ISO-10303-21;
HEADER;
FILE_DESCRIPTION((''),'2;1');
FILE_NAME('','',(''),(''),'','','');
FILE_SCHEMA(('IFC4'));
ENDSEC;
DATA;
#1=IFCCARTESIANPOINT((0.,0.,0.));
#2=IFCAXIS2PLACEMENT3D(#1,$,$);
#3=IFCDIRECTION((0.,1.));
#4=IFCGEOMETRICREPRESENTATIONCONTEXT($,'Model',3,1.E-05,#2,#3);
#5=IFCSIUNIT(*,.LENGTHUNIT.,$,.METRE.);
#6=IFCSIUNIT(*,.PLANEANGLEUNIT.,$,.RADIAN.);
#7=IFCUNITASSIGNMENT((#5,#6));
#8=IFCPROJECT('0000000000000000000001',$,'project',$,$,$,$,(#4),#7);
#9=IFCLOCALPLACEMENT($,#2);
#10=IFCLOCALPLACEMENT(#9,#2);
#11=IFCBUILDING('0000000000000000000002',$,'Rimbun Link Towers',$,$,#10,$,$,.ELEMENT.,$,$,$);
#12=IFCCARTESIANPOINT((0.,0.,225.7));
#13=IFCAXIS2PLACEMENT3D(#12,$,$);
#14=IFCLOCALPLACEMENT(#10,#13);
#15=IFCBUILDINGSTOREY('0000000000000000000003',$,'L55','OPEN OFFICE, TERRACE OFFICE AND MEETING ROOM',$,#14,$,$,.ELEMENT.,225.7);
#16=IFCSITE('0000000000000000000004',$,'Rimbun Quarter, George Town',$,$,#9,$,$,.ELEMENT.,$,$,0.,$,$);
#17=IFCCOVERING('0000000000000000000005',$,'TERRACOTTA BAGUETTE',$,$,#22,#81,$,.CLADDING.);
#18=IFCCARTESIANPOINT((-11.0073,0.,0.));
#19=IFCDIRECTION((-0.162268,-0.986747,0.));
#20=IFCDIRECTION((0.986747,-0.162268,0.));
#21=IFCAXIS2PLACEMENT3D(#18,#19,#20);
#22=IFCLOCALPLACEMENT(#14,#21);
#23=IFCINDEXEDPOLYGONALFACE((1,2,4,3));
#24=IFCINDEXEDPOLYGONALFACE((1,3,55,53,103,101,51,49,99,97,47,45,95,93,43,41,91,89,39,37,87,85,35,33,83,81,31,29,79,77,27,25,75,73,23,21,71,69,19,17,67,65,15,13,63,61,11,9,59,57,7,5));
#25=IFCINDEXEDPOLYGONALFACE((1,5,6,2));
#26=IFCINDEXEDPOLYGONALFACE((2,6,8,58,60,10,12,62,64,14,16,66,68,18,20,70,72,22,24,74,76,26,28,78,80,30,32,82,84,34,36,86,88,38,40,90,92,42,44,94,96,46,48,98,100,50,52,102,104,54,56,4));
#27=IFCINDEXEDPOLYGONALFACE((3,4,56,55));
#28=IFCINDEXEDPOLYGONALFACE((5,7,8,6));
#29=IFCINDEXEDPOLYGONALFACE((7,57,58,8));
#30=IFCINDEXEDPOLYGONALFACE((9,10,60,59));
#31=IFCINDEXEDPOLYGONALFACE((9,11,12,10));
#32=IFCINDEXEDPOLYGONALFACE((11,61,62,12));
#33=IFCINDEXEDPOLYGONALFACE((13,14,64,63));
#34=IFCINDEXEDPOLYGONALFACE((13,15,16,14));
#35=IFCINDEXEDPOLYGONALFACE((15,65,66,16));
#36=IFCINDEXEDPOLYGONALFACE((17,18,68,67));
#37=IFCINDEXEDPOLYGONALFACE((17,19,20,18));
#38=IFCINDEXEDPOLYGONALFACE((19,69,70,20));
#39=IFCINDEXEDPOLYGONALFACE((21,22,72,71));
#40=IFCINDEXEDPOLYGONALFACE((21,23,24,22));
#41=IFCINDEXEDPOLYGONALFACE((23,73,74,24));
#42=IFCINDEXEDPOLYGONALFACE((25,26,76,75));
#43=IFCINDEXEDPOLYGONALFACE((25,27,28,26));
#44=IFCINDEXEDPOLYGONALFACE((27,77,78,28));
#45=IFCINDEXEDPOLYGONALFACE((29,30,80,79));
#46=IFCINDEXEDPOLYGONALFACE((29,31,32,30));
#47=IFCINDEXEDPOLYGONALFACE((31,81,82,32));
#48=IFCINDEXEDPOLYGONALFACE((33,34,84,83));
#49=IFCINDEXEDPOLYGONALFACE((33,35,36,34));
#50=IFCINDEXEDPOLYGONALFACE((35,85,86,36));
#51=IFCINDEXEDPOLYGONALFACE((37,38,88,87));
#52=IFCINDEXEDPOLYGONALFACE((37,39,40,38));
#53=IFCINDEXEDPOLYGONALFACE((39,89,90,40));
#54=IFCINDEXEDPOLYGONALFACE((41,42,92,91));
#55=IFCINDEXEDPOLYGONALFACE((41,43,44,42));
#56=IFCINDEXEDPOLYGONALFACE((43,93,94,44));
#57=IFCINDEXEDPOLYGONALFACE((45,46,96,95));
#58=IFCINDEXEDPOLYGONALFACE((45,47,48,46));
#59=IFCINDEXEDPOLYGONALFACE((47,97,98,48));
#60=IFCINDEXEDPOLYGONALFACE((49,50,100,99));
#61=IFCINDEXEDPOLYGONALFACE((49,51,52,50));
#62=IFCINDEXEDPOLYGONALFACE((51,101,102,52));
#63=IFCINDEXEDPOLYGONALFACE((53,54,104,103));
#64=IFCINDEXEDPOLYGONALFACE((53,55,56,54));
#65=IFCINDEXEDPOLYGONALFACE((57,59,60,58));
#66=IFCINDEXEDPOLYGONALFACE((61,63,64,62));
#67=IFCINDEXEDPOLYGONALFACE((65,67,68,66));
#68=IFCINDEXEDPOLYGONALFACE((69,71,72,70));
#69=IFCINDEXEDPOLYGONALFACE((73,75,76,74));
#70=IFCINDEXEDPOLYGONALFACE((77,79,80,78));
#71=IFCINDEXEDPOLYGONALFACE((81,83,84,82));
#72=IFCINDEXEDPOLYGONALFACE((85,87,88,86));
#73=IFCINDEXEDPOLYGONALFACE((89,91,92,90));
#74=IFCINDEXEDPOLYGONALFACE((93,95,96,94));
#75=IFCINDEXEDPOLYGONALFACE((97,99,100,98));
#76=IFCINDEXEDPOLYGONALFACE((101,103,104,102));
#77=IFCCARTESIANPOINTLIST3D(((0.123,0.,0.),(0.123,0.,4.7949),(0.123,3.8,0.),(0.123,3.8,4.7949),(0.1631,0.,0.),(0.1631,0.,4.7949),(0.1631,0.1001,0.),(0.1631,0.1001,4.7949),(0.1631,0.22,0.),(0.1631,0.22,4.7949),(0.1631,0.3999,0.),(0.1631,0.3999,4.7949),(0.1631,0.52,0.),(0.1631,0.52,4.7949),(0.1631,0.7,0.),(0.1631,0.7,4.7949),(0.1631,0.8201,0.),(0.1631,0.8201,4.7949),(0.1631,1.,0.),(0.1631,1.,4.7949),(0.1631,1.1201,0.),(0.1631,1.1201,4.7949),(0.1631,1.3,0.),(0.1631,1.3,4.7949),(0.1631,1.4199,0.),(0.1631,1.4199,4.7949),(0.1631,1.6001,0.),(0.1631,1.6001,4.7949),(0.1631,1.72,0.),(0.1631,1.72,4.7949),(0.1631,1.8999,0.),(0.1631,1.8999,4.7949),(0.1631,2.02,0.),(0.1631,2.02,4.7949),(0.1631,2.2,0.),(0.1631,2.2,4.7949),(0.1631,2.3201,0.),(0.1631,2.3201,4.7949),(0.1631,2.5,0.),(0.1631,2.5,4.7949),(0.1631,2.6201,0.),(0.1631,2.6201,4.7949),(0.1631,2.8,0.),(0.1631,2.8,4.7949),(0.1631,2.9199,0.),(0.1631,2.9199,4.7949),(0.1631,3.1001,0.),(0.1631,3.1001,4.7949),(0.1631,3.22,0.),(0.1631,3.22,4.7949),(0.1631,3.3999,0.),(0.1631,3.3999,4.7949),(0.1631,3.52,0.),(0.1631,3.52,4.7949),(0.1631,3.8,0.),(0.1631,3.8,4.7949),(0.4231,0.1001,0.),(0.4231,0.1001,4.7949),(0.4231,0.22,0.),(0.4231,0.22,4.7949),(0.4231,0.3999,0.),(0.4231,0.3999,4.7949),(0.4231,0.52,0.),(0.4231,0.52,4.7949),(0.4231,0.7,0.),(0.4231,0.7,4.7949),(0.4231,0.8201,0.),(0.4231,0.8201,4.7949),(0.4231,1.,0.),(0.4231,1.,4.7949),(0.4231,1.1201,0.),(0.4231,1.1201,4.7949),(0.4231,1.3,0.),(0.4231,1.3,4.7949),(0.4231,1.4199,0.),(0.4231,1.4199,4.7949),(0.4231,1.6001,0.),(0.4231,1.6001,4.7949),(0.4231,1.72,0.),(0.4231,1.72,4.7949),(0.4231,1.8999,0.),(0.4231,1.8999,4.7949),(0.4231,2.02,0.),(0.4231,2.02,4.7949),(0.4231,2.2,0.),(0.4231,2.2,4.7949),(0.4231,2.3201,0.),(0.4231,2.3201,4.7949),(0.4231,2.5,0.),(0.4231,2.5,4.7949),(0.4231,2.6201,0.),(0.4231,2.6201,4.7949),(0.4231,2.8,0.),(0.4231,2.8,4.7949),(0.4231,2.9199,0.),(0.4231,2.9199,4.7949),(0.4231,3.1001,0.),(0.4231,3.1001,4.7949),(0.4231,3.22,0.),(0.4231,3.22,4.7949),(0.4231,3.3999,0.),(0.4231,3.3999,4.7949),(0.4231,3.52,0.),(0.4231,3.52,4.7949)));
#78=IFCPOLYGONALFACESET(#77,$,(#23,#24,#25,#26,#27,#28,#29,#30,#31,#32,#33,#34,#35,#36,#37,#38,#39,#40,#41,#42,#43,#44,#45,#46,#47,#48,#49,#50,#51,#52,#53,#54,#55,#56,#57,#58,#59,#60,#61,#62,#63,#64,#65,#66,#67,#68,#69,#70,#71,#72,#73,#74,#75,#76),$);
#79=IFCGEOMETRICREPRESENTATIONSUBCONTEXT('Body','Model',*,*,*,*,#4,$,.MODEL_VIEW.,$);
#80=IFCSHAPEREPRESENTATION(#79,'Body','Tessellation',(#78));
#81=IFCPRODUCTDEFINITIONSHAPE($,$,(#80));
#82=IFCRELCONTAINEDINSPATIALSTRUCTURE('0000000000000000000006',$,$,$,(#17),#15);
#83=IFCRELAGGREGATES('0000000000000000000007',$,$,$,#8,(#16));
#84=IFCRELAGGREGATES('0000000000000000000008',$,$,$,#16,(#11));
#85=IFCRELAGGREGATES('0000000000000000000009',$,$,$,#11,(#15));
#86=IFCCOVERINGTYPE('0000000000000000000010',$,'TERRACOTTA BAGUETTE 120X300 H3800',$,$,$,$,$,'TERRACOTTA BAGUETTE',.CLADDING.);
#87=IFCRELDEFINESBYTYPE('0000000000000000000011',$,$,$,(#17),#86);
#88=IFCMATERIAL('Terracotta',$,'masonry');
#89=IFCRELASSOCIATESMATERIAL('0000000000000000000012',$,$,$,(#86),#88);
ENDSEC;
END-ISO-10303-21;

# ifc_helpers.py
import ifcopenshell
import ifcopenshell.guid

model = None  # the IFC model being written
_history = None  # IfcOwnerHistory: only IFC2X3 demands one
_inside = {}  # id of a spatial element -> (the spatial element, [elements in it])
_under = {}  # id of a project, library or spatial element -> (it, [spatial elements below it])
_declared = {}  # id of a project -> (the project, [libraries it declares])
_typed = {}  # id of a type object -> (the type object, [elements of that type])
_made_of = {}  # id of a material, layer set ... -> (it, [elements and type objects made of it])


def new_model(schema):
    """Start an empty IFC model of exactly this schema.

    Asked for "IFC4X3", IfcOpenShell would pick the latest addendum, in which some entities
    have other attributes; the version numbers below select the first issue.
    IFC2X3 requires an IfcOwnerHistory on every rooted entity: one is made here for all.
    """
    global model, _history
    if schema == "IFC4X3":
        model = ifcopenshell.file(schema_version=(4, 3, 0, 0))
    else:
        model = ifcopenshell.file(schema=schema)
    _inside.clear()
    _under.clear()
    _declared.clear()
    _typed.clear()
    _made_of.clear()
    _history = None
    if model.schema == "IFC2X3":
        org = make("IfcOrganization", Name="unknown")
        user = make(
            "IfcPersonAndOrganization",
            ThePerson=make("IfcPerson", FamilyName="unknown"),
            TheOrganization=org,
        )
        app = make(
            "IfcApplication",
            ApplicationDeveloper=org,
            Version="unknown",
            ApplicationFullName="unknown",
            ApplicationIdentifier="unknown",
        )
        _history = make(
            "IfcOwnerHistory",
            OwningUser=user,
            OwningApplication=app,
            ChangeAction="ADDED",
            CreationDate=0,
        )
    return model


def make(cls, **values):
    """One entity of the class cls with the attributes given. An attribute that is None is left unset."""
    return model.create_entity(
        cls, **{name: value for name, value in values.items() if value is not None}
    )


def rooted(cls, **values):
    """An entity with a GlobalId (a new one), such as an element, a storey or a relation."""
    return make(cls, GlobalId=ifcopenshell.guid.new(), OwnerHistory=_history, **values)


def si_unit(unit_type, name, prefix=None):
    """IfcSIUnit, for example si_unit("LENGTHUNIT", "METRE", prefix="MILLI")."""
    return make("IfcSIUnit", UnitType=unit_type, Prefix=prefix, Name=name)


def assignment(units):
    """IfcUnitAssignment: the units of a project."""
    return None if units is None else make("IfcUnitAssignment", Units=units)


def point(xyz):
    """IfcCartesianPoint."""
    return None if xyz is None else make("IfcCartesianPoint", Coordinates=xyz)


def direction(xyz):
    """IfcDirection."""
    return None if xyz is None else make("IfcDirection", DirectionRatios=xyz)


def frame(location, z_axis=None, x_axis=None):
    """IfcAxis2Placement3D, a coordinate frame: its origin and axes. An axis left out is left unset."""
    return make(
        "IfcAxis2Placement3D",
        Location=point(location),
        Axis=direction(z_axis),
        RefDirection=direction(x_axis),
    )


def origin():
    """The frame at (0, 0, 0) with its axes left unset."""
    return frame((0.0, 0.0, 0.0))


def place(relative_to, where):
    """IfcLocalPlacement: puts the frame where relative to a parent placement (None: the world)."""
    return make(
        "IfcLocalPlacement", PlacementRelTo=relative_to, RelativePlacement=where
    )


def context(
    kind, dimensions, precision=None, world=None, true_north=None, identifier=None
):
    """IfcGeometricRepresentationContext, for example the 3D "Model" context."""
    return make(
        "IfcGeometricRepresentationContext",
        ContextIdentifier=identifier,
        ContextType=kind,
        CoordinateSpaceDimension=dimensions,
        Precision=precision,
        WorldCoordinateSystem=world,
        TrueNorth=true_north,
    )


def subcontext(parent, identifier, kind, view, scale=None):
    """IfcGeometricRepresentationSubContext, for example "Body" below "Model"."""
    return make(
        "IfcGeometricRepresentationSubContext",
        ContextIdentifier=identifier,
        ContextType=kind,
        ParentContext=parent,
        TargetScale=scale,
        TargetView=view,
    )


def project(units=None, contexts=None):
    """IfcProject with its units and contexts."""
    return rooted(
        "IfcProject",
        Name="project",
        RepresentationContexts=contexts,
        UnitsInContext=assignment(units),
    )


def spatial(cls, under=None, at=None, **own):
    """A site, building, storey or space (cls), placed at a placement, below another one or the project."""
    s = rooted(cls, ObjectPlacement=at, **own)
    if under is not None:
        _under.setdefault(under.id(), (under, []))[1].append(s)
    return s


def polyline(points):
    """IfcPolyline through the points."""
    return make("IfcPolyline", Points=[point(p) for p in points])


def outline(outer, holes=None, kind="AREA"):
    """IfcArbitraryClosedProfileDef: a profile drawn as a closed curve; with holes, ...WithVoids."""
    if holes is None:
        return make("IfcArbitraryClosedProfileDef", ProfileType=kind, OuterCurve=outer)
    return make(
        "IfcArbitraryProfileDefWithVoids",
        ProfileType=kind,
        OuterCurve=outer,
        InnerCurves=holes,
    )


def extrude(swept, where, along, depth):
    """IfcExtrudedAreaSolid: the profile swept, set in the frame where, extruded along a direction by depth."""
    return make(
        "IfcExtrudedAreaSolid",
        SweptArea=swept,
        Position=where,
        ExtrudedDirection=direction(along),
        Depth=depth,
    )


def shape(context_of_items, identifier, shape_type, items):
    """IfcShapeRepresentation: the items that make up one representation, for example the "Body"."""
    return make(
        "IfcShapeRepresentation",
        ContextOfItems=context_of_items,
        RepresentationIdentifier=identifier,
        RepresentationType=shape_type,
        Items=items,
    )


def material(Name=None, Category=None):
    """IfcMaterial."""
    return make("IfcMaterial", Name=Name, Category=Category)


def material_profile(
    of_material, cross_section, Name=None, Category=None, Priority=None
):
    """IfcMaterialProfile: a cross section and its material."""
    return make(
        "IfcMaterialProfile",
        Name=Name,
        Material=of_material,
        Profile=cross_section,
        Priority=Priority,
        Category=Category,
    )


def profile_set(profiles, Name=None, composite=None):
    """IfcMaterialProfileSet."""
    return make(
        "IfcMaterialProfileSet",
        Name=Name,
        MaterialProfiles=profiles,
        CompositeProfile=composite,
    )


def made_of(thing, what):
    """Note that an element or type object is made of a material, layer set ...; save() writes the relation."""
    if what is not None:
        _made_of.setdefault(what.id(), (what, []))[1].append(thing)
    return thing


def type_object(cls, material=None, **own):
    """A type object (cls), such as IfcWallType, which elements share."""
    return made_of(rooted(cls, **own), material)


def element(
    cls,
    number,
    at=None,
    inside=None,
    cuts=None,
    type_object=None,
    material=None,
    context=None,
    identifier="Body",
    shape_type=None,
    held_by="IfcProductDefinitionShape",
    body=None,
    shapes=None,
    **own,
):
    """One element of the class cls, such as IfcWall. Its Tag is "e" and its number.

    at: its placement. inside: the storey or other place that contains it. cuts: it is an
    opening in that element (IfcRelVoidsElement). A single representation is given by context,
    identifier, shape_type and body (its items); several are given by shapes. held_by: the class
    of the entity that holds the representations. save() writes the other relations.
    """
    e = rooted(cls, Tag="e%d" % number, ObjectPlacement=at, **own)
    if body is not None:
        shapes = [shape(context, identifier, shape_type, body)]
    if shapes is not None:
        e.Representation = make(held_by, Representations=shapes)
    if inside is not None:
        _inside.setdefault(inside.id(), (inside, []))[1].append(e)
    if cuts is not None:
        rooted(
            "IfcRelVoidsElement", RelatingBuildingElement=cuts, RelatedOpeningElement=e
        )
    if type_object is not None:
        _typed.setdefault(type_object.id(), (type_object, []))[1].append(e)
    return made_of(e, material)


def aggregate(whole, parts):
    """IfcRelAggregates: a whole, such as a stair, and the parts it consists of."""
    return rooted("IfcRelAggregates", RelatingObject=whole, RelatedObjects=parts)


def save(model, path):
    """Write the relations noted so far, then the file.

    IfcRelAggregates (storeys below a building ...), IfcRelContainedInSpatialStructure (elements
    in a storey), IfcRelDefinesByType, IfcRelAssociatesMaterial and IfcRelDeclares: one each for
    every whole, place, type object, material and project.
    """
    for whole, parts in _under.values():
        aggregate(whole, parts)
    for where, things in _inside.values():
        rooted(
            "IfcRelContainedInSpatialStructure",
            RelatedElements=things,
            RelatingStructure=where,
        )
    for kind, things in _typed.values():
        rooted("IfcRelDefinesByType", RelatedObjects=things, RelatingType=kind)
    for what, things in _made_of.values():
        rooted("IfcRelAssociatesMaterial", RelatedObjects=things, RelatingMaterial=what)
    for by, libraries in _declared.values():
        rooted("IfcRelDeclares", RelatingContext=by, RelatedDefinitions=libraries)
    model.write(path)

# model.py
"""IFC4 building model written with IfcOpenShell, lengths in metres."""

from ifc_helpers import new_model, si_unit, direction, frame, origin, place, context, subcontext, project, spatial, polyline, outline, extrude, material, material_profile, profile_set, type_object, element, save


model = new_model("IFC4")

# Units and contexts
model_context = context("Model", 3, precision=1e-05, world=origin(), true_north=direction((0.0, 1.0)))
body_context = subcontext(model_context, "Body", "Model", "MODEL_VIEW")
ifc_project = project(units=[si_unit("LENGTHUNIT", "METRE"), si_unit("PLANEANGLEUNIT", "RADIAN")], contexts=[model_context])

# Site, building, storey
site_placement = place(None, origin())
site = spatial("IfcSite", under=ifc_project, at=site_placement, Name="Rimbun Quarter, George Town", CompositionType="ELEMENT", RefElevation=0.0)
building_placement = place(site_placement, origin())
building = spatial("IfcBuilding", under=site, at=building_placement, Name="Rimbun Link Towers", CompositionType="ELEMENT")
storey_placement = place(building_placement, frame((0.0, 0.0, 225.7)))
storey = spatial("IfcBuildingStorey", under=building, at=storey_placement, Name="L55", Description="OPEN OFFICE, TERRACE OFFICE AND MEETING ROOM", CompositionType="ELEMENT", Elevation=225.7)

# Covering
ifc_material_1 = material(Name="Terracotta", Category="masonry")
ifc_material_profile_1 = material_profile(ifc_material_1, outline(polyline([(0.123, 0.0), (0.1631, 0.0), (0.1631, 0.1001), (0.4231, 0.1001), (0.4231, 0.22), (0.1631, 0.22), (0.1631, 0.3999), (0.4231, 0.3999), (0.4231, 0.52), (0.1631, 0.52), (0.1631, 0.7), (0.4231, 0.7), (0.4231, 0.8201), (0.1631, 0.8201), (0.1631, 1.0), (0.4231, 1.0), (0.4231, 1.1201), (0.1631, 1.1201), (0.1631, 1.3), (0.4231, 1.3), (0.4231, 1.4199), (0.1631, 1.4199), (0.1631, 1.6001), (0.4231, 1.6001), (0.4231, 1.72), (0.1631, 1.72), (0.1631, 1.8999), (0.4231, 1.8999), (0.4231, 2.02), (0.1631, 2.02), (0.1631, 2.2), (0.4231, 2.2), (0.4231, 2.3201), (0.1631, 2.3201), (0.1631, 2.5), (0.4231, 2.5), (0.4231, 2.6201), (0.1631, 2.6201), (0.1631, 2.8), (0.4231, 2.8), (0.4231, 2.9199), (0.1631, 2.9199), (0.1631, 3.1001), (0.4231, 3.1001), (0.4231, 3.22), (0.1631, 3.22), (0.1631, 3.3999), (0.4231, 3.3999), (0.4231, 3.52), (0.1631, 3.52), (0.1631, 3.8), (0.123, 3.8), (0.123, 0.0)])), Name="BAGUETTE 120X300")
ifc_profile_set_1 = profile_set([ifc_material_profile_1], Name="Terracotta")
covering_type = type_object("IfcCoveringType", Name="TERRACOTTA BAGUETTE 120X300 H3800", ElementType="TERRACOTTA BAGUETTE", PredefinedType="CLADDING", material=ifc_profile_set_1)
covering_placement = place(storey_placement, frame((-11.0073, 0.0, 0.0), z_axis=(-0.162268, -0.986747, 0.0), x_axis=(0.986747, -0.162268, 0.0)))
element("IfcCovering", 1, at=covering_placement, inside=storey, type_object=covering_type, Name="TERRACOTTA BAGUETTE", PredefinedType="CLADDING", context=body_context, shape_type="SweptSolid", body=[
    extrude(outline(polyline([(0.123, 0.0), (0.1631, 0.0), (0.1631, 0.1001), (0.4231, 0.1001), (0.4231, 0.22), (0.1631, 0.22), (0.1631, 0.3999), (0.4231, 0.3999), (0.4231, 0.52), (0.1631, 0.52), (0.1631, 0.7), (0.4231, 0.7), (0.4231, 0.8201), (0.1631, 0.8201), (0.1631, 1.0), (0.4231, 1.0), (0.4231, 1.1201), (0.1631, 1.1201), (0.1631, 1.3), (0.4231, 1.3), (0.4231, 1.4199), (0.1631, 1.4199), (0.1631, 1.6001), (0.4231, 1.6001), (0.4231, 1.72), (0.1631, 1.72), (0.1631, 1.8999), (0.4231, 1.8999), (0.4231, 2.02), (0.1631, 2.02), (0.1631, 2.2), (0.4231, 2.2), (0.4231, 2.3201), (0.1631, 2.3201), (0.1631, 2.5), (0.4231, 2.5), (0.4231, 2.6201), (0.1631, 2.6201), (0.1631, 2.8), (0.4231, 2.8), (0.4231, 2.9199), (0.1631, 2.9199), (0.1631, 3.1001), (0.4231, 3.1001), (0.4231, 3.22), (0.1631, 3.22), (0.1631, 3.3999), (0.4231, 3.3999), (0.4231, 3.52), (0.1631, 3.52), (0.1631, 3.8), (0.123, 3.8), (0.123, 0.0)])), origin(), (0.0, 0.0, 1.0), 4.7949),
])

save(model, "model.ifc")
